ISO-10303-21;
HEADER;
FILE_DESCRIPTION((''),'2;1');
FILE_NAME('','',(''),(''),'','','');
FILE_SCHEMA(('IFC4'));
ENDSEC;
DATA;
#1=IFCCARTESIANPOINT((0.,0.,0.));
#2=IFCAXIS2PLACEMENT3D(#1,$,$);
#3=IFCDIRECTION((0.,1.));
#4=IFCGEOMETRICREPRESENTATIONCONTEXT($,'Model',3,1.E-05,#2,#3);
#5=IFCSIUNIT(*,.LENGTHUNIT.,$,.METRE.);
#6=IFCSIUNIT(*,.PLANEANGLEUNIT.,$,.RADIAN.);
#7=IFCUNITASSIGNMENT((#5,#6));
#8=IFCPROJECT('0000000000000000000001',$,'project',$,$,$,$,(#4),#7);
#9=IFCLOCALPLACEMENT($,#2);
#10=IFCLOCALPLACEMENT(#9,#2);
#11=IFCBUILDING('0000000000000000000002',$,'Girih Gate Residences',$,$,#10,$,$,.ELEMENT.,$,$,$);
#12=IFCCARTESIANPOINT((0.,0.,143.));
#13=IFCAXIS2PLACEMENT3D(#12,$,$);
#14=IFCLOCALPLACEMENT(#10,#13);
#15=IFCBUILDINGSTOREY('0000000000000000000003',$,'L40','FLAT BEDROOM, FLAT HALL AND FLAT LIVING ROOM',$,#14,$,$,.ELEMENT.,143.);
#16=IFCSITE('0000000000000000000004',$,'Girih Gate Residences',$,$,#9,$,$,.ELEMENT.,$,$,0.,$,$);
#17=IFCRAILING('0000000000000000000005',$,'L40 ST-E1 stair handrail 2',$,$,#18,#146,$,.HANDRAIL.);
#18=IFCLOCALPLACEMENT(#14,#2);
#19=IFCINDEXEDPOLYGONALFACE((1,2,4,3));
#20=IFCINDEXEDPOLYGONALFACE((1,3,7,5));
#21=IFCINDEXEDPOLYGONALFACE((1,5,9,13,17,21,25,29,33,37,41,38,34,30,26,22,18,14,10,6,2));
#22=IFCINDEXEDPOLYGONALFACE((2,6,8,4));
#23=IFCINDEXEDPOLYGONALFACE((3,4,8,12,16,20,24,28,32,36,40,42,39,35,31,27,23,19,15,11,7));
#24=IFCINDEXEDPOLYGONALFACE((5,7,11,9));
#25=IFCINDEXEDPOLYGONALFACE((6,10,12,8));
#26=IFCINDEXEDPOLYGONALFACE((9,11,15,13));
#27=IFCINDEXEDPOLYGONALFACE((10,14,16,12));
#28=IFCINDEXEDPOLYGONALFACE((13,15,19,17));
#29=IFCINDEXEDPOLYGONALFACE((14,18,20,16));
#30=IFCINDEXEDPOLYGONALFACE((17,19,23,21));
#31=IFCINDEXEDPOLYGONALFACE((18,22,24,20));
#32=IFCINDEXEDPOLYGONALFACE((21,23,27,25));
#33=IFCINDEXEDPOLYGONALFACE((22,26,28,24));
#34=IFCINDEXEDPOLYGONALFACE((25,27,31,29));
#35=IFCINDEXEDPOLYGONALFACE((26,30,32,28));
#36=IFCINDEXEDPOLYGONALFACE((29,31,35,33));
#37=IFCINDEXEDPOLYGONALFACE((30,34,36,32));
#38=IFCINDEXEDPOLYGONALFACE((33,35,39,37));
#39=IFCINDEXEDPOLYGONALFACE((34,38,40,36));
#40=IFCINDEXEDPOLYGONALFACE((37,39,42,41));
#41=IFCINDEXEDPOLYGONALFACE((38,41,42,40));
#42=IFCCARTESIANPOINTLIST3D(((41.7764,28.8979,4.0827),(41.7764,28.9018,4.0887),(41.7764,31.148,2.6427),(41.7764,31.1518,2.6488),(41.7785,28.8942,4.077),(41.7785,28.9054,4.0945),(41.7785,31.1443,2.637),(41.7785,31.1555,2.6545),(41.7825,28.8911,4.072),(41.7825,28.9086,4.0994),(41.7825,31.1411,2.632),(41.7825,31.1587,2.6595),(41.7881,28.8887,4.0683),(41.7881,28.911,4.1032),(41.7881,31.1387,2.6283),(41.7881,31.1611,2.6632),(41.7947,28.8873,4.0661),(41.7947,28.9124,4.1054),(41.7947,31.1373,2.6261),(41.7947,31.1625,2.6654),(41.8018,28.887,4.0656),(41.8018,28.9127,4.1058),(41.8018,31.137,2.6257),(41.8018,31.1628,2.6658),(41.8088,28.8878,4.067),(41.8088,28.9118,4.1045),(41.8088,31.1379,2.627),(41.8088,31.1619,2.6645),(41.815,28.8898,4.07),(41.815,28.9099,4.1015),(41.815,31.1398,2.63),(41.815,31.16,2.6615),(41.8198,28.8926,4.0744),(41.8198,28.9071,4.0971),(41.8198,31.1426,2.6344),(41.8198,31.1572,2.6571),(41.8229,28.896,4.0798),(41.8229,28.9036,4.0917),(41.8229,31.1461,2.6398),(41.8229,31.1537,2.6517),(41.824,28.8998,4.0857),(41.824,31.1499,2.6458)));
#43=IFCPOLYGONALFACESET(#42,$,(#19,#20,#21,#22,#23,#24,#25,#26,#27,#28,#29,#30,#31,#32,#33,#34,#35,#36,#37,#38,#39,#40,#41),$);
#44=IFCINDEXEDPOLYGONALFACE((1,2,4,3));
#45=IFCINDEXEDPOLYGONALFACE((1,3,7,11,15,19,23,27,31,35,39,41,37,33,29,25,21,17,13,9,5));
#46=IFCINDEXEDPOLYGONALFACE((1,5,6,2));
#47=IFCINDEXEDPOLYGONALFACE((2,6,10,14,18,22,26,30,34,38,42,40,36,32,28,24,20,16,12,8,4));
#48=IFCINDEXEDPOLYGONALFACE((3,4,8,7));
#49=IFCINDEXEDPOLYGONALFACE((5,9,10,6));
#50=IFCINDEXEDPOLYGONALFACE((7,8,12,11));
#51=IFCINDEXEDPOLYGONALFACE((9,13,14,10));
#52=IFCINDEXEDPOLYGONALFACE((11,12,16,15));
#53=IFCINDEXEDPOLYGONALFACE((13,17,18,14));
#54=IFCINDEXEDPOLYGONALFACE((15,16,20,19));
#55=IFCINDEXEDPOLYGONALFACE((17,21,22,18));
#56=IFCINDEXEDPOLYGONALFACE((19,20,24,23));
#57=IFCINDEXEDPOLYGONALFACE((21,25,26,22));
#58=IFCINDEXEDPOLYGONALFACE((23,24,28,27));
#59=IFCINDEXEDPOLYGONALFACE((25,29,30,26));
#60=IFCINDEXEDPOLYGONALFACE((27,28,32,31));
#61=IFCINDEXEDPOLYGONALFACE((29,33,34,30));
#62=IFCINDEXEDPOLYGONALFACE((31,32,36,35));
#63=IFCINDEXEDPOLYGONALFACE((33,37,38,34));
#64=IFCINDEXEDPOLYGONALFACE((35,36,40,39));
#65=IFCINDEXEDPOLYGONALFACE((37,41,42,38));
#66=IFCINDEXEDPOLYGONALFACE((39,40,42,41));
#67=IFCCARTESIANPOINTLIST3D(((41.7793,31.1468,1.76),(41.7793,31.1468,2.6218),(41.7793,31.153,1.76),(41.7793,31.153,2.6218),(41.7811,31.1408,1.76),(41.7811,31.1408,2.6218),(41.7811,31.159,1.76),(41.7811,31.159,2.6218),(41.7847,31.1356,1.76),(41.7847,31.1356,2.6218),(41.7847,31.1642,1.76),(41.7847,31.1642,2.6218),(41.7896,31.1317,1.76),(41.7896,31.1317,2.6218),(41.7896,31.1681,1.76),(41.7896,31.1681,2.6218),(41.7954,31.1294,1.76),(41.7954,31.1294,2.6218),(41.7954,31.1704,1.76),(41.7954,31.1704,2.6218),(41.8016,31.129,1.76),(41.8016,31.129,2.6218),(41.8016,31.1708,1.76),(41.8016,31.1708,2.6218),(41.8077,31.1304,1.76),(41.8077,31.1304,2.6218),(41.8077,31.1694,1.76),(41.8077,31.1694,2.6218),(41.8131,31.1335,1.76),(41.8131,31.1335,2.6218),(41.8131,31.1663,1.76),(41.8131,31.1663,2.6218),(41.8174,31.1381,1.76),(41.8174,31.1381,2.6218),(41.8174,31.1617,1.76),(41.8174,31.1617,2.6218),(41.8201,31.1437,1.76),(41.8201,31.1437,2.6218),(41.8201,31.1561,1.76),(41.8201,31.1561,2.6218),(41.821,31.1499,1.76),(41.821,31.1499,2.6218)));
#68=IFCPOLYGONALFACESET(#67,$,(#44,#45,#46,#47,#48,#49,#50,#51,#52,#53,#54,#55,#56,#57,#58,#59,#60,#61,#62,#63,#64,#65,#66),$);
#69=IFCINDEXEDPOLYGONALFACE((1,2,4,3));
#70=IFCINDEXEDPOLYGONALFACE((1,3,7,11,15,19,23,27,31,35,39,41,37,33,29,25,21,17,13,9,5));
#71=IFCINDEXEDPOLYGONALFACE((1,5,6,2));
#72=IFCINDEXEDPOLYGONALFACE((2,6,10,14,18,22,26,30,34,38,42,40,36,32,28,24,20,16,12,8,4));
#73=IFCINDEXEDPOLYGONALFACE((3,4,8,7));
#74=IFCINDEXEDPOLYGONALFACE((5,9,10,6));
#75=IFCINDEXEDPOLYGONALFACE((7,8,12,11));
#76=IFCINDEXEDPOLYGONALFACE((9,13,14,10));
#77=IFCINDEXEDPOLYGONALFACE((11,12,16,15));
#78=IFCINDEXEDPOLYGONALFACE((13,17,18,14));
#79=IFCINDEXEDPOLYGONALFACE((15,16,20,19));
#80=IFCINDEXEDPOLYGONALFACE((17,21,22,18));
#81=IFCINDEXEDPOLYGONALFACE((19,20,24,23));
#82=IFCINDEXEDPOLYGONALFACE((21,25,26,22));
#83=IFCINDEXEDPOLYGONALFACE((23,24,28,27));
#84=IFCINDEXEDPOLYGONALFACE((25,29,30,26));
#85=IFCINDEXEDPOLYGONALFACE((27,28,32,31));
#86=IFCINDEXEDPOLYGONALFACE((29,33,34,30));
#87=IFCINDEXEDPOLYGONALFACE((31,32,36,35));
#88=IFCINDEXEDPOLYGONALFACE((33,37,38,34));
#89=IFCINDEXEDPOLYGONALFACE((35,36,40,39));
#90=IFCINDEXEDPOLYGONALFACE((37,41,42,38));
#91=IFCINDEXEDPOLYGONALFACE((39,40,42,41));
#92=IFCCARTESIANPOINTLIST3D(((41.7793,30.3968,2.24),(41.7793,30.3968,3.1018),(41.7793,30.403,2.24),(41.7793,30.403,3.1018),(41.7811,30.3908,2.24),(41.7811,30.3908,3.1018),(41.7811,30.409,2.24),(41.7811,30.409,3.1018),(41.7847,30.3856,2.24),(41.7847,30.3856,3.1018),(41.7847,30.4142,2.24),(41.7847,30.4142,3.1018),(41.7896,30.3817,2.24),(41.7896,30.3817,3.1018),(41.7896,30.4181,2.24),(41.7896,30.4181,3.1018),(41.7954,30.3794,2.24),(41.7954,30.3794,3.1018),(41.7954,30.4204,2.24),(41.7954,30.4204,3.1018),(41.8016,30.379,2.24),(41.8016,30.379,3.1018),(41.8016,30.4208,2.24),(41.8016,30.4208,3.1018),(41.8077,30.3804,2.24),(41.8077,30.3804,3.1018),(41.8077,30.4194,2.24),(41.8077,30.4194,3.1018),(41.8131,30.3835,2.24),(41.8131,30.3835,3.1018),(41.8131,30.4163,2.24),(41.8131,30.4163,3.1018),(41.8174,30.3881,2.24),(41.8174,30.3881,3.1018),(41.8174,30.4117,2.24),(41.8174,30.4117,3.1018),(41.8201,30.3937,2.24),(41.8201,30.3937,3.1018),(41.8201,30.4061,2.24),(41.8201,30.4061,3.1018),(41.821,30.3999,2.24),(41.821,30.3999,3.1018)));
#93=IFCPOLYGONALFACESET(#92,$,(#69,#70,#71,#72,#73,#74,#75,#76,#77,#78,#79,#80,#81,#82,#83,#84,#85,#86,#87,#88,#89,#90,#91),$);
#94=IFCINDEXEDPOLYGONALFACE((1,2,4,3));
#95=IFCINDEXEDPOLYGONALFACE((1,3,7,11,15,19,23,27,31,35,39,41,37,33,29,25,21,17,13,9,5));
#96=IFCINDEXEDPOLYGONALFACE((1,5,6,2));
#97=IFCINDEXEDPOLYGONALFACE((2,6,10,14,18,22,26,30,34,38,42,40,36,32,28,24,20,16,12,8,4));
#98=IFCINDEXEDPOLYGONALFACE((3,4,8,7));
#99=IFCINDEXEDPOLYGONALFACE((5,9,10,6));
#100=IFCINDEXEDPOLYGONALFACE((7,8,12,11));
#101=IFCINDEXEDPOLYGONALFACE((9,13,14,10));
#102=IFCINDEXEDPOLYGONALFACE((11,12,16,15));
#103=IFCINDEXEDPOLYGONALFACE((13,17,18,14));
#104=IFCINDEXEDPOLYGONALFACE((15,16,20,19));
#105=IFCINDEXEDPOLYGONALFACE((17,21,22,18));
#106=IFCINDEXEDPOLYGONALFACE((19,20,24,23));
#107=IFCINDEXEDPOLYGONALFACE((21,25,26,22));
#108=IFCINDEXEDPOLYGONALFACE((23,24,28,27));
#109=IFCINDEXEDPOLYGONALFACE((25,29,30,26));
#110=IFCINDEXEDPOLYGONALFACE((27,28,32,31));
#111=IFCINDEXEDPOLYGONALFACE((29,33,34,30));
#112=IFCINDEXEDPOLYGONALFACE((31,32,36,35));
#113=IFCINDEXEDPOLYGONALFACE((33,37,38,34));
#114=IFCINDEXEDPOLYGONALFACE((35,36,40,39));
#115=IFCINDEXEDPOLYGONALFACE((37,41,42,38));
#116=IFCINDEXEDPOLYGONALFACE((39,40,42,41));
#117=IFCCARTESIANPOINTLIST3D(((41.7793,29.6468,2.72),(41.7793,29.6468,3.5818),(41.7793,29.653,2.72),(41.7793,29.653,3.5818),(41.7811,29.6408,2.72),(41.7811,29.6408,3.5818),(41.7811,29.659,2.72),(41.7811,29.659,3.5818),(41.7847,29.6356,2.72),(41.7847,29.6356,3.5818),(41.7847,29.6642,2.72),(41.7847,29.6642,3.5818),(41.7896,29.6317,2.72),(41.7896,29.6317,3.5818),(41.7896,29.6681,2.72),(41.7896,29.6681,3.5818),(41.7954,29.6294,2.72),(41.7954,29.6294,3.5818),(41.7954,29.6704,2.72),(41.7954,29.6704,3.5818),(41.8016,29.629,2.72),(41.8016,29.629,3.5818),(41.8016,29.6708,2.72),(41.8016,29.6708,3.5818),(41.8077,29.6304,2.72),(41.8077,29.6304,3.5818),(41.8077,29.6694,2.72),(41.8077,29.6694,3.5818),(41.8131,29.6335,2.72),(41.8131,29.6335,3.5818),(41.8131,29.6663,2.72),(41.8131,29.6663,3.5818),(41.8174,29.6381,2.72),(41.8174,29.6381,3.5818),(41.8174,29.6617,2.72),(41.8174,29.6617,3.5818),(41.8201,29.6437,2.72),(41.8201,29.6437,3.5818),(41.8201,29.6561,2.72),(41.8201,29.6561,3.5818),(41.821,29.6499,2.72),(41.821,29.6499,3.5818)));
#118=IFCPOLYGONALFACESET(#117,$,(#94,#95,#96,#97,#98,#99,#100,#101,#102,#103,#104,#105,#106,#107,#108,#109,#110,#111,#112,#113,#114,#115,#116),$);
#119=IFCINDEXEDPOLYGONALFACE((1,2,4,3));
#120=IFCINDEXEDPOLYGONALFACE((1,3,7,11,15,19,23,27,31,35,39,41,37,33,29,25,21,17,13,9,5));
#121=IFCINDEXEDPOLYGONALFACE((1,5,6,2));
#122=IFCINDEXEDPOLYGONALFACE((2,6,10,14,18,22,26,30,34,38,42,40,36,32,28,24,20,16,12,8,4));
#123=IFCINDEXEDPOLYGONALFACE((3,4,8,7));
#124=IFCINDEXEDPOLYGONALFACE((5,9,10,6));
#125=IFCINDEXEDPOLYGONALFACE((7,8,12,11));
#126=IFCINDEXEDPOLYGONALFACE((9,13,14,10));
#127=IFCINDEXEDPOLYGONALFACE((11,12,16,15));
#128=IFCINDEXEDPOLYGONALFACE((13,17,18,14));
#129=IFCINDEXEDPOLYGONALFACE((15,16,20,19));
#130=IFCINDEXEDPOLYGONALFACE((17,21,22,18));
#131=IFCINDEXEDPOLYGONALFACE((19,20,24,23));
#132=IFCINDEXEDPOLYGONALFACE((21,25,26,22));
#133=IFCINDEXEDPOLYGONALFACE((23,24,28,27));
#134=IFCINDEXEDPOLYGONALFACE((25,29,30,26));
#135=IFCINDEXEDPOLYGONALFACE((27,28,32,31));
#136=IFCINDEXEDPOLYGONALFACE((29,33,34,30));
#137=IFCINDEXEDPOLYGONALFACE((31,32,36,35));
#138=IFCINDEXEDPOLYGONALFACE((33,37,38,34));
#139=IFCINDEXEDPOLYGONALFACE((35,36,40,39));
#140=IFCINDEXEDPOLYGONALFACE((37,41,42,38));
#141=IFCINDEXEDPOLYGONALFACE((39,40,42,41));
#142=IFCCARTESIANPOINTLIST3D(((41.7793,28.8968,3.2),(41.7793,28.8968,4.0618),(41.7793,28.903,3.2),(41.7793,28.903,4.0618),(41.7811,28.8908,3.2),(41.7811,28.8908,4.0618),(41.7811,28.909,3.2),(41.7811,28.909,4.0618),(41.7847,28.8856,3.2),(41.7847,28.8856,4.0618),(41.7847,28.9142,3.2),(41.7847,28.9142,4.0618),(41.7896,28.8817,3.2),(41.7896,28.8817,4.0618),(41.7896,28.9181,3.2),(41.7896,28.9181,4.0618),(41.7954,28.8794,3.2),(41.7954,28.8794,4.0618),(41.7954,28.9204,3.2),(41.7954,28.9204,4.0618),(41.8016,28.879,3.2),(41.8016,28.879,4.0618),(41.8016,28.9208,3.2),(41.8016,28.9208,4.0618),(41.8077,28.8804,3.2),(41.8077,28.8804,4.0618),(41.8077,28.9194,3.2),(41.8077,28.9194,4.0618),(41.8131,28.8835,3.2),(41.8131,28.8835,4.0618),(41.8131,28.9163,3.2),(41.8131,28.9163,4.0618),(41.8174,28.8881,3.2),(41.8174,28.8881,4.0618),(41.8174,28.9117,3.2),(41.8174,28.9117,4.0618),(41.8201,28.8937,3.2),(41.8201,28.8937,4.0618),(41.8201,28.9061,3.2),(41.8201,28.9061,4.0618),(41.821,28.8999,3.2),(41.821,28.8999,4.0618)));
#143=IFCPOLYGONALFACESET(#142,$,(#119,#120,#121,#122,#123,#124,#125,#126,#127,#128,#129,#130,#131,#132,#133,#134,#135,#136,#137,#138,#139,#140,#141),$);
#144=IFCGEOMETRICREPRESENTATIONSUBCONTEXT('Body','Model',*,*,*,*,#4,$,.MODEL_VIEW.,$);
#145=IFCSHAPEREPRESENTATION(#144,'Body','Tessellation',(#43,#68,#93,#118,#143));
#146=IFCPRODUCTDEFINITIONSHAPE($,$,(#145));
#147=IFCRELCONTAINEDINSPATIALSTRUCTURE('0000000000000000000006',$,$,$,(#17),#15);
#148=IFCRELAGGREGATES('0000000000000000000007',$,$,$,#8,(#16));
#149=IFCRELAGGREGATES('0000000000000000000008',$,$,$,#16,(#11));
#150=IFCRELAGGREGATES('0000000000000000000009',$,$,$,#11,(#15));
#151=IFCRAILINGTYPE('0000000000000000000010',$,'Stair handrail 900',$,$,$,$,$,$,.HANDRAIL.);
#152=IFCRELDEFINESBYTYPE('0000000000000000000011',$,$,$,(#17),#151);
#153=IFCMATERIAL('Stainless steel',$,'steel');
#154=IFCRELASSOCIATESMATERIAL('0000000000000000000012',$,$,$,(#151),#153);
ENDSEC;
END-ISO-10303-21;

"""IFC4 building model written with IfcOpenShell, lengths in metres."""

from ifc_helpers import new_model, si_unit, direction, frame, origin, origin_2d, place, context, subcontext, project, spatial, circle, extrude, material, type_object, element, save


model = new_model("IFC4")

# Units and contexts
model_context = context("Model", 3, precision=1e-05, world=origin(), true_north=direction((0.0, 1.0)))
body_context = subcontext(model_context, "Body", "Model", "MODEL_VIEW")
ifc_project = project(units=[si_unit("LENGTHUNIT", "METRE"), si_unit("PLANEANGLEUNIT", "RADIAN")], contexts=[model_context])

# Site, building, storey
site_placement = place(None, origin())
site = spatial("IfcSite", under=ifc_project, at=site_placement, Name="Girih Gate Residences", CompositionType="ELEMENT", RefElevation=0.0)
building_placement = place(site_placement, origin())
building = spatial("IfcBuilding", under=site, at=building_placement, Name="Girih Gate Residences", CompositionType="ELEMENT")
storey_placement = place(building_placement, frame((0.0, 0.0, 143.0)))
storey = spatial("IfcBuildingStorey", under=building, at=storey_placement, Name="L40", Description="FLAT BEDROOM, FLAT HALL AND FLAT LIVING ROOM", CompositionType="ELEMENT", Elevation=143.0)

# Railing
ifc_material_1 = material(Name="Stainless steel", Category="steel")
railing_type_1 = type_object("IfcRailingType", Name="Stair handrail 900", PredefinedType="HANDRAIL", material=ifc_material_1)
railing_1_placement = place(storey_placement, frame((41.8, 31.1499, 1.76)))
element("IfcRailing", 1, at=railing_1_placement, inside=storey, type_object=railing_type_1, Name="L40 ST-E1 stair handrail 2", PredefinedType="HANDRAIL", context=body_context, shape_type="SweptSolid", body=[
    extrude(circle(Radius=0.0239, at=origin_2d()), frame((0.0, 0.0, 0.8857), z_axis=(0.0, -0.842281, 0.539038), x_axis=(1.0, 0.0, 0.0)), (0.0, 0.0, 1.0), 2.6714),
    extrude(circle(Radius=0.021, at=origin_2d()), origin(), (0.0, 0.0, 1.0), 0.8618),
    extrude(circle(Radius=0.021, at=origin_2d()), frame((0.0, -0.75, 0.48)), (0.0, 0.0, 1.0), 0.8618),
    extrude(circle(Radius=0.021, at=origin_2d()), frame((0.0, -1.5, 0.96)), (0.0, 0.0, 1.0), 0.8618),
    extrude(circle(Radius=0.021, at=origin_2d()), frame((0.0, -2.25, 1.4399)), (0.0, 0.0, 1.0), 0.8618),
])

save(model, "model.ifc")
